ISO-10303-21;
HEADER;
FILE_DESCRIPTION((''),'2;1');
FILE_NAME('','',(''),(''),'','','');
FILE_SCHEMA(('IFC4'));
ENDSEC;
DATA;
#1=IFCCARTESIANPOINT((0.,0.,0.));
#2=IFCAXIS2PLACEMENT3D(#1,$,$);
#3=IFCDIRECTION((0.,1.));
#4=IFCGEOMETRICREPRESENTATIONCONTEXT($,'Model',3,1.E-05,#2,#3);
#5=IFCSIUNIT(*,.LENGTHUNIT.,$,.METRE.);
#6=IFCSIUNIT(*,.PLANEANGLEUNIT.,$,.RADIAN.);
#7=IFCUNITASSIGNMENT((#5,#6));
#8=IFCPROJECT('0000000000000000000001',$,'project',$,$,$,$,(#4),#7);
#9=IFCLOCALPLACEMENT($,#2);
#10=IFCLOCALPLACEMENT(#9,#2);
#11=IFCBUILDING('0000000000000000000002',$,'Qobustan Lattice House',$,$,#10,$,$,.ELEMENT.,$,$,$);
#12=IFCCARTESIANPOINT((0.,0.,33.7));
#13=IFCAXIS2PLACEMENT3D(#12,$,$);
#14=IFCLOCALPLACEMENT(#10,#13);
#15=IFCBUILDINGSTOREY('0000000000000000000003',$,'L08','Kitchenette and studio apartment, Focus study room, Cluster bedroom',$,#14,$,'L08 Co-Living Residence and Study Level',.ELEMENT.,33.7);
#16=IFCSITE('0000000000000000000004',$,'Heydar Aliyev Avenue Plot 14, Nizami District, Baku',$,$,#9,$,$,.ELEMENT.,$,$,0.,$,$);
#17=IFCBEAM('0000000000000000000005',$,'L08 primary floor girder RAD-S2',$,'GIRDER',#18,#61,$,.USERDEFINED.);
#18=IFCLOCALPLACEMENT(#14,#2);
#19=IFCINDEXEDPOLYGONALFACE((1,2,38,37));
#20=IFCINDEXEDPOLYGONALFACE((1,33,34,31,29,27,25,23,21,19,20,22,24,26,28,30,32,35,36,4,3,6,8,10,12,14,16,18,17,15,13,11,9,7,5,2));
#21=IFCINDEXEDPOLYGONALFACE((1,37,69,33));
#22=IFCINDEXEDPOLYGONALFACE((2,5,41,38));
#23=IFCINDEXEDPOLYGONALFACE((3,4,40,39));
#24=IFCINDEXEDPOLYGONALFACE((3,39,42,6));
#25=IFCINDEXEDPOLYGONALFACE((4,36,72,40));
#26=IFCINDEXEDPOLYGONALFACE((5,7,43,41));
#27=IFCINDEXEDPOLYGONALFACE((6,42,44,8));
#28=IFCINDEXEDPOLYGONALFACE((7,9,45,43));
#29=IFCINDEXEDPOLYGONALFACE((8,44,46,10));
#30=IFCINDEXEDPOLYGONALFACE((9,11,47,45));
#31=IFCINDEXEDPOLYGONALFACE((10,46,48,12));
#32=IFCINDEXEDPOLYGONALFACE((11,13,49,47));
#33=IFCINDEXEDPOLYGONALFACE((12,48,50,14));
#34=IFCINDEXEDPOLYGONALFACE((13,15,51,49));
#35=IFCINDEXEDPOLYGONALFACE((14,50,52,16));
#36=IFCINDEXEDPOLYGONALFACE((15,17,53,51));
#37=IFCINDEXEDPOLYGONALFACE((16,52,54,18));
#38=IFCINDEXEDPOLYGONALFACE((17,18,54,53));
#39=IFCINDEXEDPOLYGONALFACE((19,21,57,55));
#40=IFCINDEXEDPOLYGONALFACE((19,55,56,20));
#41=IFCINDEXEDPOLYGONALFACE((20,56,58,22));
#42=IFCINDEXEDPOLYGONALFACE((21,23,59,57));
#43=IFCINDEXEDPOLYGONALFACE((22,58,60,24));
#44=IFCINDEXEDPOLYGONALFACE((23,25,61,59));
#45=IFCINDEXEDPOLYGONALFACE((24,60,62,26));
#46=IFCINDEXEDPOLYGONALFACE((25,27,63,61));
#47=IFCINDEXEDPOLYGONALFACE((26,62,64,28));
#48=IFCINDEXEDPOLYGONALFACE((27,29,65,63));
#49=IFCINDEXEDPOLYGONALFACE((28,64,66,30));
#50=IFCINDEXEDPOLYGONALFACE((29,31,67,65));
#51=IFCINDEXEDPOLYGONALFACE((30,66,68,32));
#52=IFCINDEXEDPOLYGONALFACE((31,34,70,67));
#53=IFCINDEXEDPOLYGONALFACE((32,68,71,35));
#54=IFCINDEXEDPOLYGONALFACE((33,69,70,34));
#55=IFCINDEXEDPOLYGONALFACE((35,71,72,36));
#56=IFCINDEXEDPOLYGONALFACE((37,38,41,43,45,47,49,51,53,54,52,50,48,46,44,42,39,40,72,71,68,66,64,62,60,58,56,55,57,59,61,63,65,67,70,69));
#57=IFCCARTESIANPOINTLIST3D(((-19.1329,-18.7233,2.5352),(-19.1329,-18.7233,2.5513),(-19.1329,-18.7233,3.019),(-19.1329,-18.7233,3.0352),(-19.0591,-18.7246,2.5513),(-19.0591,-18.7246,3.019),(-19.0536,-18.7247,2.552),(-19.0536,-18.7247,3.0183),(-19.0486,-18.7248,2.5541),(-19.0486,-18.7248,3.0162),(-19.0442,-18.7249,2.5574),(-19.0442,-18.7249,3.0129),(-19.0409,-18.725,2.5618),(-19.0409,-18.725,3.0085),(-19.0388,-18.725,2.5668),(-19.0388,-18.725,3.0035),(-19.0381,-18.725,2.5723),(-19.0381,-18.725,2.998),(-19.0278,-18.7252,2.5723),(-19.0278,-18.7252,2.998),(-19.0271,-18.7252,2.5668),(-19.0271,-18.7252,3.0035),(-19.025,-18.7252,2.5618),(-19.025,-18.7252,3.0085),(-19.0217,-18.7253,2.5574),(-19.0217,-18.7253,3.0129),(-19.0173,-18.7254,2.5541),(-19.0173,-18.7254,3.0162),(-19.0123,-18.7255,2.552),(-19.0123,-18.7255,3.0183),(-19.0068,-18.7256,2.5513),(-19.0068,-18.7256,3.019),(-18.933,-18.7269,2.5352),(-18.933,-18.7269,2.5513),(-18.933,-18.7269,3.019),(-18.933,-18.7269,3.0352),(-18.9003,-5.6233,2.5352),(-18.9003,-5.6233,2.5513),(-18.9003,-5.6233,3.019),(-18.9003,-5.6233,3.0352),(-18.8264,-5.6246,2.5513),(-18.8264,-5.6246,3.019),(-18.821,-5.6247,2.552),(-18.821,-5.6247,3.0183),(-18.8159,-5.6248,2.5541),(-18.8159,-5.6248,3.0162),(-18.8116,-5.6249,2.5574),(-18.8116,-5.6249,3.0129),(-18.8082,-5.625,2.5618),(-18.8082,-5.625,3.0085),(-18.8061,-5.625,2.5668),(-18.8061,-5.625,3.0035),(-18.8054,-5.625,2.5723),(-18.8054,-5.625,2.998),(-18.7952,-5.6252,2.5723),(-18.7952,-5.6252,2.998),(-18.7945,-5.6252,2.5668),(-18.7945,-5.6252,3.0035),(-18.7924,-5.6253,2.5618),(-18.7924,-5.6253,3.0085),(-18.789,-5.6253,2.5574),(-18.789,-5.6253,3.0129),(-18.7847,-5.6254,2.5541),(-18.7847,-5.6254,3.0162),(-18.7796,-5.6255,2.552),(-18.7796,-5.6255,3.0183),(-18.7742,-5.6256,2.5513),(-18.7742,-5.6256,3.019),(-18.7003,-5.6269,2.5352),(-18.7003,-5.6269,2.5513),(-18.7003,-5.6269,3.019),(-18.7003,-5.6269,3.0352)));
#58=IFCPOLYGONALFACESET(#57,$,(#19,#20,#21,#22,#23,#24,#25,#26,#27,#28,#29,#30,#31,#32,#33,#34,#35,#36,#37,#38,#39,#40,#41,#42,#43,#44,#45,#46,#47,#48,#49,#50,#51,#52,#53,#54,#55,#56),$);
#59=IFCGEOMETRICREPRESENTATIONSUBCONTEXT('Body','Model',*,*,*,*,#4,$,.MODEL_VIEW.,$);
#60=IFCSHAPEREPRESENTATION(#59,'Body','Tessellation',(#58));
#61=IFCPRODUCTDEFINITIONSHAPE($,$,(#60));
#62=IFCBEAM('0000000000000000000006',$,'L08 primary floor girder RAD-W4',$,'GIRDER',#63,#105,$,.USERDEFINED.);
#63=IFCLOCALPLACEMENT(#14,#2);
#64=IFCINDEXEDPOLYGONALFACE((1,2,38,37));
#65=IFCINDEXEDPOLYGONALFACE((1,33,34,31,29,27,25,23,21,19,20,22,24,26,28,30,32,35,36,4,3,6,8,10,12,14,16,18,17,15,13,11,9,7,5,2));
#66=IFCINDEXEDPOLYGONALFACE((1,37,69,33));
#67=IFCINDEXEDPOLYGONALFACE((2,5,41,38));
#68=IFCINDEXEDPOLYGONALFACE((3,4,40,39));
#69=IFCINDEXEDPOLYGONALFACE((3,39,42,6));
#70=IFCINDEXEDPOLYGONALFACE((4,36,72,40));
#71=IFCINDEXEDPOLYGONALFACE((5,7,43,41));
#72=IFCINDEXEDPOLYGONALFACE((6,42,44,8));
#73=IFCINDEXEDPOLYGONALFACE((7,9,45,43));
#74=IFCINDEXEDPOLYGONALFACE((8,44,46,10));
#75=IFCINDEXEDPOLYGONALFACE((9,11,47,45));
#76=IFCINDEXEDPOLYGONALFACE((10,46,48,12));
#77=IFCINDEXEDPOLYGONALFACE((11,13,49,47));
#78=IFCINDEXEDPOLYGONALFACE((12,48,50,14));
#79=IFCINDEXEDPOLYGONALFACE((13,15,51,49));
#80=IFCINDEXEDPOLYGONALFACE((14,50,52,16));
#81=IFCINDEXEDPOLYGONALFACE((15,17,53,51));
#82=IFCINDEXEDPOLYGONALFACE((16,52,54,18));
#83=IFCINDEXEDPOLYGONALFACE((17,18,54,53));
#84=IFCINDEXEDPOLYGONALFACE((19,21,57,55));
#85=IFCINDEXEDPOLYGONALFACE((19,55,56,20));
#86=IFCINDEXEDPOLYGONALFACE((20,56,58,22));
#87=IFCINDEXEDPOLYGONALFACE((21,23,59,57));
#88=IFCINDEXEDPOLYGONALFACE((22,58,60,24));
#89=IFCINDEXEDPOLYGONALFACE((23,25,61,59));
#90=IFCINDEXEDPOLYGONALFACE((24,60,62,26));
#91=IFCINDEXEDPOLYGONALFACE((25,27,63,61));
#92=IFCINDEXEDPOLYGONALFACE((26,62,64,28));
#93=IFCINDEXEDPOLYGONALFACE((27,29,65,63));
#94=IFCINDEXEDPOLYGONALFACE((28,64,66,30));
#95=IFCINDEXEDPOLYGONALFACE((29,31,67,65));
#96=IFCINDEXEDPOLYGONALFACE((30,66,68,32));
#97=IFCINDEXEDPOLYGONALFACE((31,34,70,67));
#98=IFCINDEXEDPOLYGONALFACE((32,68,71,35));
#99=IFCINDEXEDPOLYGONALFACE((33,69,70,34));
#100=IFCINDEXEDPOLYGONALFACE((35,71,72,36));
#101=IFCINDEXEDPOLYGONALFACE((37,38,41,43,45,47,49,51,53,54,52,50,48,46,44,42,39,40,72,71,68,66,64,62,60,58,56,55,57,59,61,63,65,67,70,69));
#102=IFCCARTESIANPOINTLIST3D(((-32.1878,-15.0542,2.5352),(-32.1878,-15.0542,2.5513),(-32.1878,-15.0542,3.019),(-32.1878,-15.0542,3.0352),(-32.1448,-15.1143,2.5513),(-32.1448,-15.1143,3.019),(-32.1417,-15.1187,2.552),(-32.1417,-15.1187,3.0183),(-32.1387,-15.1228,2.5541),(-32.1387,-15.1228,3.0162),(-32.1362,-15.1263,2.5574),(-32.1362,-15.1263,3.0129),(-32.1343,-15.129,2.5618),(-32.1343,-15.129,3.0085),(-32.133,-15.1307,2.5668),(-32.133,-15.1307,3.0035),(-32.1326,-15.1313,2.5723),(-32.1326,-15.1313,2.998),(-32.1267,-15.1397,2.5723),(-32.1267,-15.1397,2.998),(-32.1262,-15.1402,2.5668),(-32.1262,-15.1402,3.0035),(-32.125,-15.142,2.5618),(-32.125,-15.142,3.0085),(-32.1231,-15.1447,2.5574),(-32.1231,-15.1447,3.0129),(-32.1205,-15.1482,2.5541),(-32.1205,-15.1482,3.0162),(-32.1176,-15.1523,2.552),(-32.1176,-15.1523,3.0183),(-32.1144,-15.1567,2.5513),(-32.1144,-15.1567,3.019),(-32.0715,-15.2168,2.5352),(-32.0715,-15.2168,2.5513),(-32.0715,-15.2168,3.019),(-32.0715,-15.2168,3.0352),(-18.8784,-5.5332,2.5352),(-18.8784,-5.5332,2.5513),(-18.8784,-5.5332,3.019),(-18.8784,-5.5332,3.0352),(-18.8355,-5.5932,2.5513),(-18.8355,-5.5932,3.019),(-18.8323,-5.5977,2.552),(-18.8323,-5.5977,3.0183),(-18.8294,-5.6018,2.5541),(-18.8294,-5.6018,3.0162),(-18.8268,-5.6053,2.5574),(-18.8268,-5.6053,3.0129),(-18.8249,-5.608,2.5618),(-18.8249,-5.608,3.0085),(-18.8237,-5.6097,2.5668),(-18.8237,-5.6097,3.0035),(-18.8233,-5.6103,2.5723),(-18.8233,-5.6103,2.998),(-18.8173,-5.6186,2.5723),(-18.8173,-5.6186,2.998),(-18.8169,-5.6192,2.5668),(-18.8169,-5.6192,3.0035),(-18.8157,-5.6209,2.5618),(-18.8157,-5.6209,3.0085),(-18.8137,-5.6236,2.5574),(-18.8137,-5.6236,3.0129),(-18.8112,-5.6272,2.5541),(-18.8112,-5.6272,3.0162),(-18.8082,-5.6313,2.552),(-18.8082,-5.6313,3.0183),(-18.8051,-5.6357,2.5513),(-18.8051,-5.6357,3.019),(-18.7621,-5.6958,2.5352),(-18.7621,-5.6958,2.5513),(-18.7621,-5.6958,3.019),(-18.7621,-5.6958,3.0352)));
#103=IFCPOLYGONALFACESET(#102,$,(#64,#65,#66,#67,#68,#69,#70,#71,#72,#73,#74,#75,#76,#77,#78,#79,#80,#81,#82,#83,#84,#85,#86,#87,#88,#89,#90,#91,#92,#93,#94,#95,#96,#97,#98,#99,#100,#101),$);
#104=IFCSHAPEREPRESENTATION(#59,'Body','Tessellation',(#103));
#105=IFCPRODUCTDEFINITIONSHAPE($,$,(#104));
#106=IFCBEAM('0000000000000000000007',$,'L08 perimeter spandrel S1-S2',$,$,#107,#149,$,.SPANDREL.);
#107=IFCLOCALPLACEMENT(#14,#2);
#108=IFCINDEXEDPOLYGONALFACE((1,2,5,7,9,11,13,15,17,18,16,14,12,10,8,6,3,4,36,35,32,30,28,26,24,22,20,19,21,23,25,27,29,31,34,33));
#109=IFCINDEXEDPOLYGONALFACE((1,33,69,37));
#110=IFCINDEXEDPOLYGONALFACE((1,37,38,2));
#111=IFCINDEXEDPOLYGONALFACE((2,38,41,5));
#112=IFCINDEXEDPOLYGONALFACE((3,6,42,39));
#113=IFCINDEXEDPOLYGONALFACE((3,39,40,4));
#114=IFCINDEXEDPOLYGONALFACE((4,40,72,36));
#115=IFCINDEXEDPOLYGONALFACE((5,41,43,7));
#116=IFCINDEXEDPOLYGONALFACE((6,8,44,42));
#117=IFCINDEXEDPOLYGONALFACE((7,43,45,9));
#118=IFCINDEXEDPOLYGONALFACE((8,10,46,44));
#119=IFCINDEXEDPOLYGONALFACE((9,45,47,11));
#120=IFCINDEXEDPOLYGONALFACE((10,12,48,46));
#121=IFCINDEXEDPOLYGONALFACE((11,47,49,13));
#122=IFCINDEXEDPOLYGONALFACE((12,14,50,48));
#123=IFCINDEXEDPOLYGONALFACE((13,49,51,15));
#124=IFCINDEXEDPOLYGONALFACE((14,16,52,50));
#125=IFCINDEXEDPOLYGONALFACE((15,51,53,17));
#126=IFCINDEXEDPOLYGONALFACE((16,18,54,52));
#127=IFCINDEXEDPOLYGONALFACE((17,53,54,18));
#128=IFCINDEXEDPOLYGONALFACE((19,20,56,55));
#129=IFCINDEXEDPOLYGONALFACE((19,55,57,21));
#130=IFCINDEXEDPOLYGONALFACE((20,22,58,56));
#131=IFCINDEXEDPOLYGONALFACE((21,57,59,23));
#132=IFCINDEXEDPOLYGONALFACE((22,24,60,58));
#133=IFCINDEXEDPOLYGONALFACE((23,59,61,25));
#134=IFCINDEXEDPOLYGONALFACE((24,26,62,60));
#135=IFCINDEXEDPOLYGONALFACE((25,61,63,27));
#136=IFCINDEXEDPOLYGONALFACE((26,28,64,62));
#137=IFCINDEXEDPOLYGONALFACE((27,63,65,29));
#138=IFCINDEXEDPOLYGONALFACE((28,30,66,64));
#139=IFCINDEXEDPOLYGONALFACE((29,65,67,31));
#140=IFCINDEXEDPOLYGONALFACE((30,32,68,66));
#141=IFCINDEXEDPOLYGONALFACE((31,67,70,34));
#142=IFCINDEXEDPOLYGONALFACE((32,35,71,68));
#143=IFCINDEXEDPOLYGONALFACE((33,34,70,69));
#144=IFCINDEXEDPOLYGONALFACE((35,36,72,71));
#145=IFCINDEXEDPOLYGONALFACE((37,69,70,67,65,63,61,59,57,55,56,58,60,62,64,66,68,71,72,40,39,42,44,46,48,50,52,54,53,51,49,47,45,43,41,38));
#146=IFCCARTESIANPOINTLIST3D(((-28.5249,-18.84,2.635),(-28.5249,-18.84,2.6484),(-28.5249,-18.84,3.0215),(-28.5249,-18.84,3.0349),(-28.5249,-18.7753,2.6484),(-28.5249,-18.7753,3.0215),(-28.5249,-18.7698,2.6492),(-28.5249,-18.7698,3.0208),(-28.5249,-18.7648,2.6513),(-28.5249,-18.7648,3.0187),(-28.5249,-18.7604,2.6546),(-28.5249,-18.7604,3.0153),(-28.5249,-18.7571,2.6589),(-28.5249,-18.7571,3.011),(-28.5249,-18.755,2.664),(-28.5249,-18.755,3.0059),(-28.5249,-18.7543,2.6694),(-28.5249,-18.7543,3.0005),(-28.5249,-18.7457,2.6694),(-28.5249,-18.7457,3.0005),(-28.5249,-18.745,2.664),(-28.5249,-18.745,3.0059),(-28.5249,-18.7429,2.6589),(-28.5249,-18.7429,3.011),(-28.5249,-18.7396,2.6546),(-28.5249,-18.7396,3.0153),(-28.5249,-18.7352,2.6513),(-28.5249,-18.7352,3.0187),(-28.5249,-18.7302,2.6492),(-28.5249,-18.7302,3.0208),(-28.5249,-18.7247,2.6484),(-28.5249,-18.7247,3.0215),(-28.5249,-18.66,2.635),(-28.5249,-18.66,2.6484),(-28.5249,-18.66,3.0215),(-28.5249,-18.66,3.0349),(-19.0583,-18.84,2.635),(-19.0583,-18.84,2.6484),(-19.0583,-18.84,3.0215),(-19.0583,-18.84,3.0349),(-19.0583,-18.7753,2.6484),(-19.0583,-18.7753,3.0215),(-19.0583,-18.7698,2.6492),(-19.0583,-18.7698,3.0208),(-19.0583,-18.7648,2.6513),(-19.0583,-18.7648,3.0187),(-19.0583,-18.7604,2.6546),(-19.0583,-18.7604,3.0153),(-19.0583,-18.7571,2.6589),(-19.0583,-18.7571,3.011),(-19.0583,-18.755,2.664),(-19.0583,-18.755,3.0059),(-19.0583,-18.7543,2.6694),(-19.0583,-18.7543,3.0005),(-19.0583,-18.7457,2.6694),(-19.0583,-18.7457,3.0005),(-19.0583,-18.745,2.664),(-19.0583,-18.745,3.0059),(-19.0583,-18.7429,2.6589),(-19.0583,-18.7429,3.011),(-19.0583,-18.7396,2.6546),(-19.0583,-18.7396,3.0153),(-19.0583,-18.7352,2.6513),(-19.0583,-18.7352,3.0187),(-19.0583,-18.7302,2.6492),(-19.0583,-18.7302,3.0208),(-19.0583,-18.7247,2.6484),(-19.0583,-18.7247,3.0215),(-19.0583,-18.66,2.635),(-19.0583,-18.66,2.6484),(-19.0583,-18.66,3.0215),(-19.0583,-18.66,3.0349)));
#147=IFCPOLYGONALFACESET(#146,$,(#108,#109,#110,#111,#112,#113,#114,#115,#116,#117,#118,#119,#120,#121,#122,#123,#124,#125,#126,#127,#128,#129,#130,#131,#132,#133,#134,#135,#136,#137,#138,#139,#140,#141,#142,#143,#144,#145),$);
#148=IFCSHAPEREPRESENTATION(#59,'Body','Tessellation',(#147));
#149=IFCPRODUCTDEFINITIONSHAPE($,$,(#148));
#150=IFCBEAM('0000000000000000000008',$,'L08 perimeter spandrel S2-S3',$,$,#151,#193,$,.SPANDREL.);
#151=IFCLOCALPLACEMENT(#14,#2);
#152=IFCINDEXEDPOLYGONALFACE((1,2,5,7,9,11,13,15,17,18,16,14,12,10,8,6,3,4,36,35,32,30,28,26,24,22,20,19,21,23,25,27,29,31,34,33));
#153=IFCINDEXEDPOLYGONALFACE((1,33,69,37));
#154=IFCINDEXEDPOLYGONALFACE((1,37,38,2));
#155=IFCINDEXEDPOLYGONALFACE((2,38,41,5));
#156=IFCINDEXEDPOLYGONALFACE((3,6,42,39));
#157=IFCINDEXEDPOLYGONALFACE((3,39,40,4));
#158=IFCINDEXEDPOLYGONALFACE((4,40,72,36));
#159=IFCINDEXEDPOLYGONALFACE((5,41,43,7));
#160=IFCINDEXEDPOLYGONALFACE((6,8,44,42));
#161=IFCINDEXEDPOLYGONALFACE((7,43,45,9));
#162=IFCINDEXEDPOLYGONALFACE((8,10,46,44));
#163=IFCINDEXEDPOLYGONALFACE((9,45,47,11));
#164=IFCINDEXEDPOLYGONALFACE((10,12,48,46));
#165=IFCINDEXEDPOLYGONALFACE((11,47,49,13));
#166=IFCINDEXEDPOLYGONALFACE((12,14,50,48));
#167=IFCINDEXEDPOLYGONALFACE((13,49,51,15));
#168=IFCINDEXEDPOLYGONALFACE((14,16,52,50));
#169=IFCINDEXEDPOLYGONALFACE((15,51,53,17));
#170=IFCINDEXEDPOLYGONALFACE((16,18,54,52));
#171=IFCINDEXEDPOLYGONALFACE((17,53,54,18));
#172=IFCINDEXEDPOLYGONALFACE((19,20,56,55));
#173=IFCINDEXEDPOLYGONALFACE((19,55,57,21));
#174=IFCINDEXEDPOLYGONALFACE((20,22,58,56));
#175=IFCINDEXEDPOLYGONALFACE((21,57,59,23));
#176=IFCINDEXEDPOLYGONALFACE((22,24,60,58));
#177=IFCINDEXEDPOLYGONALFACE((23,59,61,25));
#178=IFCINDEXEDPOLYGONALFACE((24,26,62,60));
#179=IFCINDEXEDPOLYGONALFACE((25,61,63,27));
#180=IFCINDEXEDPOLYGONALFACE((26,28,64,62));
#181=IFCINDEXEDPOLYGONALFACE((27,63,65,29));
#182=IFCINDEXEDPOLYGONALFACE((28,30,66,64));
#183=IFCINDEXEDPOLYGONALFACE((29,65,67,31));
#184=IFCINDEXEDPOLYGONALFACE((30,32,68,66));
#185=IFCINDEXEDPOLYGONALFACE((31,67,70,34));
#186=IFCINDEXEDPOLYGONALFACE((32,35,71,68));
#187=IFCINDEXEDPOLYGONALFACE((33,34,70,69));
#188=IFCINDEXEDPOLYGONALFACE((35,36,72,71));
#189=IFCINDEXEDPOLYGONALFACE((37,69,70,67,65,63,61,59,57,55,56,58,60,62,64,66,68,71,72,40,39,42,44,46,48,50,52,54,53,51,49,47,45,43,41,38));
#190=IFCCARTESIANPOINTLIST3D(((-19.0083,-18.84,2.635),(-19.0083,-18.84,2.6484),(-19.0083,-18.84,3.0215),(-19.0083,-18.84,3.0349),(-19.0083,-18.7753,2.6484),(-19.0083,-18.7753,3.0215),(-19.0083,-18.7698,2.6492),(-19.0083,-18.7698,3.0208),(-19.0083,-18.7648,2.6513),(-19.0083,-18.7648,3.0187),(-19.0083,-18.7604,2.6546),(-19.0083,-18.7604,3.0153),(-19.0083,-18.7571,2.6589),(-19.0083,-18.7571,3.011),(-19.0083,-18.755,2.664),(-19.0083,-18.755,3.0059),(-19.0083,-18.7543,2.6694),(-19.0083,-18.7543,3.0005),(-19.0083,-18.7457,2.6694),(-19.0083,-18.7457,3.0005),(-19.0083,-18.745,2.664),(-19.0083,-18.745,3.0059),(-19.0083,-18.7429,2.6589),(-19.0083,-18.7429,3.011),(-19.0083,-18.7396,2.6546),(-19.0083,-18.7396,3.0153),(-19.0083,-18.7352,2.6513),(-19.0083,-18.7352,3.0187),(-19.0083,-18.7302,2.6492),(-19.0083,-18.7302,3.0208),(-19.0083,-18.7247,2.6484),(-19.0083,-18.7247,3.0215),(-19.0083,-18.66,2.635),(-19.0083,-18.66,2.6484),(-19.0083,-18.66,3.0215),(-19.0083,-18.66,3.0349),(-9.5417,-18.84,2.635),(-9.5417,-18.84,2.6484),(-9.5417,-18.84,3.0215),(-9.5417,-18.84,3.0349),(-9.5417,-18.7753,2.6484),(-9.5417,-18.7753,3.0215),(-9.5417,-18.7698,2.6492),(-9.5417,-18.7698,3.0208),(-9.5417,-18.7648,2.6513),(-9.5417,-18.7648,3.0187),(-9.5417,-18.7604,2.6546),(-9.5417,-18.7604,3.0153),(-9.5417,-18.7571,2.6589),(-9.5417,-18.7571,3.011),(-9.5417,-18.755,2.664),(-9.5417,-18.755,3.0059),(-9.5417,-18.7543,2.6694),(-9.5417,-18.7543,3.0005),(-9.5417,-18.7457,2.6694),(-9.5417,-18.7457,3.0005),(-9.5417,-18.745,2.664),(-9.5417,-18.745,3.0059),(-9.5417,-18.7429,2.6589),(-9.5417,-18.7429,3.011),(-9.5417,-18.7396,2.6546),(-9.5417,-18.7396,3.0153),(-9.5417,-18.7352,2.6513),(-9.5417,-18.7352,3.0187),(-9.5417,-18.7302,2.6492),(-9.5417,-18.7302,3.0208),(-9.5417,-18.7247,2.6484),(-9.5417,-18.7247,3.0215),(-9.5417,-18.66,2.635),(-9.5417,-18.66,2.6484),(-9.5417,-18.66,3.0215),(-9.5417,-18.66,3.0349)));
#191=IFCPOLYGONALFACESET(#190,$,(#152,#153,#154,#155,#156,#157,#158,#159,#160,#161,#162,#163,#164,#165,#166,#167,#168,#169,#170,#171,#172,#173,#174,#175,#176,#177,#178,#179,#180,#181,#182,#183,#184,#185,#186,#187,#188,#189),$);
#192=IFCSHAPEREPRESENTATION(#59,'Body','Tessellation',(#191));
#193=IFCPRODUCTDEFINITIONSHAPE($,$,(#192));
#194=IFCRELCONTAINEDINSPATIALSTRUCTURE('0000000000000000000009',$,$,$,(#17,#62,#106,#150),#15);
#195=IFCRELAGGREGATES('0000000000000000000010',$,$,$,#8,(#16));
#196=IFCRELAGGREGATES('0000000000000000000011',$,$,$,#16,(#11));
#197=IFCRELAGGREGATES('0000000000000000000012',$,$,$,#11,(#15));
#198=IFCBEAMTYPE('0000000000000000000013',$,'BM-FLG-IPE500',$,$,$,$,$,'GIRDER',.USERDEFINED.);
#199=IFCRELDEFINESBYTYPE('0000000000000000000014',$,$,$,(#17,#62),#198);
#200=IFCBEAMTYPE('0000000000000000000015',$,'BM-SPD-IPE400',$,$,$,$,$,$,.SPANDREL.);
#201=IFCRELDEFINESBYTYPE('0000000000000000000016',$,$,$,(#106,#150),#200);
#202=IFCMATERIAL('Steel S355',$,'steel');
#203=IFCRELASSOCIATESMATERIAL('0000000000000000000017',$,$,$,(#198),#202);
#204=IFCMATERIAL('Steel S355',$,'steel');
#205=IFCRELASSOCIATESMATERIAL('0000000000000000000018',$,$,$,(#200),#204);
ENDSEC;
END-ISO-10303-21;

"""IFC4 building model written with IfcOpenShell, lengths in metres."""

from ifc_helpers import new_model, si_unit, direction, frame, origin, origin_2d, place, context, subcontext, project, spatial, i_section, extrude, material, material_profile, profile_set, type_object, element, save


model = new_model("IFC4")

# Units and contexts
model_context = context("Model", 3, precision=1e-05, world=origin(), true_north=direction((0.0, 1.0)))
body_context = subcontext(model_context, "Body", "Model", "MODEL_VIEW")
ifc_project = project(units=[si_unit("LENGTHUNIT", "METRE"), si_unit("PLANEANGLEUNIT", "RADIAN")], contexts=[model_context])

# Site, building, storey
site_placement = place(None, origin())
site = spatial("IfcSite", under=ifc_project, at=site_placement, Name="Heydar Aliyev Avenue Plot 14, Nizami District, Baku", CompositionType="ELEMENT", RefElevation=0.0)
building_placement = place(site_placement, origin())
building = spatial("IfcBuilding", under=site, at=building_placement, Name="Qobustan Lattice House", CompositionType="ELEMENT")
storey_placement = place(building_placement, frame((0.0, 0.0, 33.7)))
storey = spatial("IfcBuildingStorey", under=building, at=storey_placement, Name="L08", Description="Kitchenette and studio apartment, Focus study room, Cluster bedroom", LongName="L08 Co-Living Residence and Study Level", CompositionType="ELEMENT", Elevation=33.7)

# Beams
ifc_material_1 = material(Name="Steel S355", Category="steel")
ifc_material_profile_1 = material_profile(ifc_material_1, i_section(OverallWidth=0.2, OverallDepth=0.5, WebThickness=0.0103, FlangeThickness=0.0161, FilletRadius=0.021, at=origin_2d()), Name="IPE500")
ifc_profile_set_1 = profile_set([ifc_material_profile_1], Name="Steel S355")
beam_type_1 = type_object("IfcBeamType", Name="BM-FLG-IPE500", ElementType="GIRDER", PredefinedType="USERDEFINED", material=ifc_profile_set_1)
beam_1_placement = place(storey_placement, frame((-19.033, -18.7251, 2.7852), z_axis=(0.017758, 0.999842, 0.0), x_axis=(-0.999842, 0.017758, 0.0)))
element("IfcBeam", 1, at=beam_1_placement, inside=storey, type_object=beam_type_1, Name="L08 primary floor girder RAD-S2", ObjectType="GIRDER", PredefinedType="USERDEFINED", context=body_context, shape_type="SweptSolid", body=[
    extrude(i_section(OverallWidth=0.2, OverallDepth=0.5, WebThickness=0.0103, FlangeThickness=0.0161, FilletRadius=0.021, at=origin_2d()), origin(), (0.0, 0.0, 1.0), 13.1021),
])
beam_2_placement = place(storey_placement, frame((-32.1296, -15.1355, 2.7852), z_axis=(0.813319, 0.581818, 0.0), x_axis=(-0.581818, 0.813319, 0.0)))
element("IfcBeam", 2, at=beam_2_placement, inside=storey, type_object=beam_type_1, Name="L08 primary floor girder RAD-W4", ObjectType="GIRDER", PredefinedType="USERDEFINED", context=body_context, shape_type="SweptSolid", body=[
    extrude(i_section(OverallWidth=0.2, OverallDepth=0.5, WebThickness=0.0103, FlangeThickness=0.0161, FilletRadius=0.021, at=origin_2d()), origin(), (0.0, 0.0, 1.0), 16.3643),
])
ifc_material_2 = material(Name="Steel S355", Category="steel")
ifc_material_profile_2 = material_profile(ifc_material_2, i_section(OverallWidth=0.1799, OverallDepth=0.3999, WebThickness=0.0085, FlangeThickness=0.0134, FilletRadius=0.021, at=origin_2d()), Name="IPE400")
ifc_profile_set_2 = profile_set([ifc_material_profile_2], Name="Steel S355")
beam_type_2 = type_object("IfcBeamType", Name="BM-SPD-IPE400", PredefinedType="SPANDREL", material=ifc_profile_set_2)
for number, where, z_axis, x_axis, name in (
    (3, (-28.5249, -18.75, 2.835), (1.0, 0.0, 0.0), (0.0, 1.0, 0.0), "L08 perimeter spandrel S1-S2"),
    (4, (-19.0083, -18.75, 2.835), (1.0, 0.0, 0.0), (0.0, 1.0, 0.0), "L08 perimeter spandrel S2-S3"),
):
    element("IfcBeam", number, at=place(storey_placement, frame(where, z_axis=z_axis, x_axis=x_axis)), inside=storey, type_object=beam_type_2, Name=name, PredefinedType="SPANDREL", context=body_context, shape_type="SweptSolid", body=[
        extrude(i_section(OverallWidth=0.1799, OverallDepth=0.3999, WebThickness=0.0085, FlangeThickness=0.0134, FilletRadius=0.021, at=origin_2d()), origin(), (0.0, 0.0, 1.0), 9.4666),
    ])

save(model, "model.ifc")
